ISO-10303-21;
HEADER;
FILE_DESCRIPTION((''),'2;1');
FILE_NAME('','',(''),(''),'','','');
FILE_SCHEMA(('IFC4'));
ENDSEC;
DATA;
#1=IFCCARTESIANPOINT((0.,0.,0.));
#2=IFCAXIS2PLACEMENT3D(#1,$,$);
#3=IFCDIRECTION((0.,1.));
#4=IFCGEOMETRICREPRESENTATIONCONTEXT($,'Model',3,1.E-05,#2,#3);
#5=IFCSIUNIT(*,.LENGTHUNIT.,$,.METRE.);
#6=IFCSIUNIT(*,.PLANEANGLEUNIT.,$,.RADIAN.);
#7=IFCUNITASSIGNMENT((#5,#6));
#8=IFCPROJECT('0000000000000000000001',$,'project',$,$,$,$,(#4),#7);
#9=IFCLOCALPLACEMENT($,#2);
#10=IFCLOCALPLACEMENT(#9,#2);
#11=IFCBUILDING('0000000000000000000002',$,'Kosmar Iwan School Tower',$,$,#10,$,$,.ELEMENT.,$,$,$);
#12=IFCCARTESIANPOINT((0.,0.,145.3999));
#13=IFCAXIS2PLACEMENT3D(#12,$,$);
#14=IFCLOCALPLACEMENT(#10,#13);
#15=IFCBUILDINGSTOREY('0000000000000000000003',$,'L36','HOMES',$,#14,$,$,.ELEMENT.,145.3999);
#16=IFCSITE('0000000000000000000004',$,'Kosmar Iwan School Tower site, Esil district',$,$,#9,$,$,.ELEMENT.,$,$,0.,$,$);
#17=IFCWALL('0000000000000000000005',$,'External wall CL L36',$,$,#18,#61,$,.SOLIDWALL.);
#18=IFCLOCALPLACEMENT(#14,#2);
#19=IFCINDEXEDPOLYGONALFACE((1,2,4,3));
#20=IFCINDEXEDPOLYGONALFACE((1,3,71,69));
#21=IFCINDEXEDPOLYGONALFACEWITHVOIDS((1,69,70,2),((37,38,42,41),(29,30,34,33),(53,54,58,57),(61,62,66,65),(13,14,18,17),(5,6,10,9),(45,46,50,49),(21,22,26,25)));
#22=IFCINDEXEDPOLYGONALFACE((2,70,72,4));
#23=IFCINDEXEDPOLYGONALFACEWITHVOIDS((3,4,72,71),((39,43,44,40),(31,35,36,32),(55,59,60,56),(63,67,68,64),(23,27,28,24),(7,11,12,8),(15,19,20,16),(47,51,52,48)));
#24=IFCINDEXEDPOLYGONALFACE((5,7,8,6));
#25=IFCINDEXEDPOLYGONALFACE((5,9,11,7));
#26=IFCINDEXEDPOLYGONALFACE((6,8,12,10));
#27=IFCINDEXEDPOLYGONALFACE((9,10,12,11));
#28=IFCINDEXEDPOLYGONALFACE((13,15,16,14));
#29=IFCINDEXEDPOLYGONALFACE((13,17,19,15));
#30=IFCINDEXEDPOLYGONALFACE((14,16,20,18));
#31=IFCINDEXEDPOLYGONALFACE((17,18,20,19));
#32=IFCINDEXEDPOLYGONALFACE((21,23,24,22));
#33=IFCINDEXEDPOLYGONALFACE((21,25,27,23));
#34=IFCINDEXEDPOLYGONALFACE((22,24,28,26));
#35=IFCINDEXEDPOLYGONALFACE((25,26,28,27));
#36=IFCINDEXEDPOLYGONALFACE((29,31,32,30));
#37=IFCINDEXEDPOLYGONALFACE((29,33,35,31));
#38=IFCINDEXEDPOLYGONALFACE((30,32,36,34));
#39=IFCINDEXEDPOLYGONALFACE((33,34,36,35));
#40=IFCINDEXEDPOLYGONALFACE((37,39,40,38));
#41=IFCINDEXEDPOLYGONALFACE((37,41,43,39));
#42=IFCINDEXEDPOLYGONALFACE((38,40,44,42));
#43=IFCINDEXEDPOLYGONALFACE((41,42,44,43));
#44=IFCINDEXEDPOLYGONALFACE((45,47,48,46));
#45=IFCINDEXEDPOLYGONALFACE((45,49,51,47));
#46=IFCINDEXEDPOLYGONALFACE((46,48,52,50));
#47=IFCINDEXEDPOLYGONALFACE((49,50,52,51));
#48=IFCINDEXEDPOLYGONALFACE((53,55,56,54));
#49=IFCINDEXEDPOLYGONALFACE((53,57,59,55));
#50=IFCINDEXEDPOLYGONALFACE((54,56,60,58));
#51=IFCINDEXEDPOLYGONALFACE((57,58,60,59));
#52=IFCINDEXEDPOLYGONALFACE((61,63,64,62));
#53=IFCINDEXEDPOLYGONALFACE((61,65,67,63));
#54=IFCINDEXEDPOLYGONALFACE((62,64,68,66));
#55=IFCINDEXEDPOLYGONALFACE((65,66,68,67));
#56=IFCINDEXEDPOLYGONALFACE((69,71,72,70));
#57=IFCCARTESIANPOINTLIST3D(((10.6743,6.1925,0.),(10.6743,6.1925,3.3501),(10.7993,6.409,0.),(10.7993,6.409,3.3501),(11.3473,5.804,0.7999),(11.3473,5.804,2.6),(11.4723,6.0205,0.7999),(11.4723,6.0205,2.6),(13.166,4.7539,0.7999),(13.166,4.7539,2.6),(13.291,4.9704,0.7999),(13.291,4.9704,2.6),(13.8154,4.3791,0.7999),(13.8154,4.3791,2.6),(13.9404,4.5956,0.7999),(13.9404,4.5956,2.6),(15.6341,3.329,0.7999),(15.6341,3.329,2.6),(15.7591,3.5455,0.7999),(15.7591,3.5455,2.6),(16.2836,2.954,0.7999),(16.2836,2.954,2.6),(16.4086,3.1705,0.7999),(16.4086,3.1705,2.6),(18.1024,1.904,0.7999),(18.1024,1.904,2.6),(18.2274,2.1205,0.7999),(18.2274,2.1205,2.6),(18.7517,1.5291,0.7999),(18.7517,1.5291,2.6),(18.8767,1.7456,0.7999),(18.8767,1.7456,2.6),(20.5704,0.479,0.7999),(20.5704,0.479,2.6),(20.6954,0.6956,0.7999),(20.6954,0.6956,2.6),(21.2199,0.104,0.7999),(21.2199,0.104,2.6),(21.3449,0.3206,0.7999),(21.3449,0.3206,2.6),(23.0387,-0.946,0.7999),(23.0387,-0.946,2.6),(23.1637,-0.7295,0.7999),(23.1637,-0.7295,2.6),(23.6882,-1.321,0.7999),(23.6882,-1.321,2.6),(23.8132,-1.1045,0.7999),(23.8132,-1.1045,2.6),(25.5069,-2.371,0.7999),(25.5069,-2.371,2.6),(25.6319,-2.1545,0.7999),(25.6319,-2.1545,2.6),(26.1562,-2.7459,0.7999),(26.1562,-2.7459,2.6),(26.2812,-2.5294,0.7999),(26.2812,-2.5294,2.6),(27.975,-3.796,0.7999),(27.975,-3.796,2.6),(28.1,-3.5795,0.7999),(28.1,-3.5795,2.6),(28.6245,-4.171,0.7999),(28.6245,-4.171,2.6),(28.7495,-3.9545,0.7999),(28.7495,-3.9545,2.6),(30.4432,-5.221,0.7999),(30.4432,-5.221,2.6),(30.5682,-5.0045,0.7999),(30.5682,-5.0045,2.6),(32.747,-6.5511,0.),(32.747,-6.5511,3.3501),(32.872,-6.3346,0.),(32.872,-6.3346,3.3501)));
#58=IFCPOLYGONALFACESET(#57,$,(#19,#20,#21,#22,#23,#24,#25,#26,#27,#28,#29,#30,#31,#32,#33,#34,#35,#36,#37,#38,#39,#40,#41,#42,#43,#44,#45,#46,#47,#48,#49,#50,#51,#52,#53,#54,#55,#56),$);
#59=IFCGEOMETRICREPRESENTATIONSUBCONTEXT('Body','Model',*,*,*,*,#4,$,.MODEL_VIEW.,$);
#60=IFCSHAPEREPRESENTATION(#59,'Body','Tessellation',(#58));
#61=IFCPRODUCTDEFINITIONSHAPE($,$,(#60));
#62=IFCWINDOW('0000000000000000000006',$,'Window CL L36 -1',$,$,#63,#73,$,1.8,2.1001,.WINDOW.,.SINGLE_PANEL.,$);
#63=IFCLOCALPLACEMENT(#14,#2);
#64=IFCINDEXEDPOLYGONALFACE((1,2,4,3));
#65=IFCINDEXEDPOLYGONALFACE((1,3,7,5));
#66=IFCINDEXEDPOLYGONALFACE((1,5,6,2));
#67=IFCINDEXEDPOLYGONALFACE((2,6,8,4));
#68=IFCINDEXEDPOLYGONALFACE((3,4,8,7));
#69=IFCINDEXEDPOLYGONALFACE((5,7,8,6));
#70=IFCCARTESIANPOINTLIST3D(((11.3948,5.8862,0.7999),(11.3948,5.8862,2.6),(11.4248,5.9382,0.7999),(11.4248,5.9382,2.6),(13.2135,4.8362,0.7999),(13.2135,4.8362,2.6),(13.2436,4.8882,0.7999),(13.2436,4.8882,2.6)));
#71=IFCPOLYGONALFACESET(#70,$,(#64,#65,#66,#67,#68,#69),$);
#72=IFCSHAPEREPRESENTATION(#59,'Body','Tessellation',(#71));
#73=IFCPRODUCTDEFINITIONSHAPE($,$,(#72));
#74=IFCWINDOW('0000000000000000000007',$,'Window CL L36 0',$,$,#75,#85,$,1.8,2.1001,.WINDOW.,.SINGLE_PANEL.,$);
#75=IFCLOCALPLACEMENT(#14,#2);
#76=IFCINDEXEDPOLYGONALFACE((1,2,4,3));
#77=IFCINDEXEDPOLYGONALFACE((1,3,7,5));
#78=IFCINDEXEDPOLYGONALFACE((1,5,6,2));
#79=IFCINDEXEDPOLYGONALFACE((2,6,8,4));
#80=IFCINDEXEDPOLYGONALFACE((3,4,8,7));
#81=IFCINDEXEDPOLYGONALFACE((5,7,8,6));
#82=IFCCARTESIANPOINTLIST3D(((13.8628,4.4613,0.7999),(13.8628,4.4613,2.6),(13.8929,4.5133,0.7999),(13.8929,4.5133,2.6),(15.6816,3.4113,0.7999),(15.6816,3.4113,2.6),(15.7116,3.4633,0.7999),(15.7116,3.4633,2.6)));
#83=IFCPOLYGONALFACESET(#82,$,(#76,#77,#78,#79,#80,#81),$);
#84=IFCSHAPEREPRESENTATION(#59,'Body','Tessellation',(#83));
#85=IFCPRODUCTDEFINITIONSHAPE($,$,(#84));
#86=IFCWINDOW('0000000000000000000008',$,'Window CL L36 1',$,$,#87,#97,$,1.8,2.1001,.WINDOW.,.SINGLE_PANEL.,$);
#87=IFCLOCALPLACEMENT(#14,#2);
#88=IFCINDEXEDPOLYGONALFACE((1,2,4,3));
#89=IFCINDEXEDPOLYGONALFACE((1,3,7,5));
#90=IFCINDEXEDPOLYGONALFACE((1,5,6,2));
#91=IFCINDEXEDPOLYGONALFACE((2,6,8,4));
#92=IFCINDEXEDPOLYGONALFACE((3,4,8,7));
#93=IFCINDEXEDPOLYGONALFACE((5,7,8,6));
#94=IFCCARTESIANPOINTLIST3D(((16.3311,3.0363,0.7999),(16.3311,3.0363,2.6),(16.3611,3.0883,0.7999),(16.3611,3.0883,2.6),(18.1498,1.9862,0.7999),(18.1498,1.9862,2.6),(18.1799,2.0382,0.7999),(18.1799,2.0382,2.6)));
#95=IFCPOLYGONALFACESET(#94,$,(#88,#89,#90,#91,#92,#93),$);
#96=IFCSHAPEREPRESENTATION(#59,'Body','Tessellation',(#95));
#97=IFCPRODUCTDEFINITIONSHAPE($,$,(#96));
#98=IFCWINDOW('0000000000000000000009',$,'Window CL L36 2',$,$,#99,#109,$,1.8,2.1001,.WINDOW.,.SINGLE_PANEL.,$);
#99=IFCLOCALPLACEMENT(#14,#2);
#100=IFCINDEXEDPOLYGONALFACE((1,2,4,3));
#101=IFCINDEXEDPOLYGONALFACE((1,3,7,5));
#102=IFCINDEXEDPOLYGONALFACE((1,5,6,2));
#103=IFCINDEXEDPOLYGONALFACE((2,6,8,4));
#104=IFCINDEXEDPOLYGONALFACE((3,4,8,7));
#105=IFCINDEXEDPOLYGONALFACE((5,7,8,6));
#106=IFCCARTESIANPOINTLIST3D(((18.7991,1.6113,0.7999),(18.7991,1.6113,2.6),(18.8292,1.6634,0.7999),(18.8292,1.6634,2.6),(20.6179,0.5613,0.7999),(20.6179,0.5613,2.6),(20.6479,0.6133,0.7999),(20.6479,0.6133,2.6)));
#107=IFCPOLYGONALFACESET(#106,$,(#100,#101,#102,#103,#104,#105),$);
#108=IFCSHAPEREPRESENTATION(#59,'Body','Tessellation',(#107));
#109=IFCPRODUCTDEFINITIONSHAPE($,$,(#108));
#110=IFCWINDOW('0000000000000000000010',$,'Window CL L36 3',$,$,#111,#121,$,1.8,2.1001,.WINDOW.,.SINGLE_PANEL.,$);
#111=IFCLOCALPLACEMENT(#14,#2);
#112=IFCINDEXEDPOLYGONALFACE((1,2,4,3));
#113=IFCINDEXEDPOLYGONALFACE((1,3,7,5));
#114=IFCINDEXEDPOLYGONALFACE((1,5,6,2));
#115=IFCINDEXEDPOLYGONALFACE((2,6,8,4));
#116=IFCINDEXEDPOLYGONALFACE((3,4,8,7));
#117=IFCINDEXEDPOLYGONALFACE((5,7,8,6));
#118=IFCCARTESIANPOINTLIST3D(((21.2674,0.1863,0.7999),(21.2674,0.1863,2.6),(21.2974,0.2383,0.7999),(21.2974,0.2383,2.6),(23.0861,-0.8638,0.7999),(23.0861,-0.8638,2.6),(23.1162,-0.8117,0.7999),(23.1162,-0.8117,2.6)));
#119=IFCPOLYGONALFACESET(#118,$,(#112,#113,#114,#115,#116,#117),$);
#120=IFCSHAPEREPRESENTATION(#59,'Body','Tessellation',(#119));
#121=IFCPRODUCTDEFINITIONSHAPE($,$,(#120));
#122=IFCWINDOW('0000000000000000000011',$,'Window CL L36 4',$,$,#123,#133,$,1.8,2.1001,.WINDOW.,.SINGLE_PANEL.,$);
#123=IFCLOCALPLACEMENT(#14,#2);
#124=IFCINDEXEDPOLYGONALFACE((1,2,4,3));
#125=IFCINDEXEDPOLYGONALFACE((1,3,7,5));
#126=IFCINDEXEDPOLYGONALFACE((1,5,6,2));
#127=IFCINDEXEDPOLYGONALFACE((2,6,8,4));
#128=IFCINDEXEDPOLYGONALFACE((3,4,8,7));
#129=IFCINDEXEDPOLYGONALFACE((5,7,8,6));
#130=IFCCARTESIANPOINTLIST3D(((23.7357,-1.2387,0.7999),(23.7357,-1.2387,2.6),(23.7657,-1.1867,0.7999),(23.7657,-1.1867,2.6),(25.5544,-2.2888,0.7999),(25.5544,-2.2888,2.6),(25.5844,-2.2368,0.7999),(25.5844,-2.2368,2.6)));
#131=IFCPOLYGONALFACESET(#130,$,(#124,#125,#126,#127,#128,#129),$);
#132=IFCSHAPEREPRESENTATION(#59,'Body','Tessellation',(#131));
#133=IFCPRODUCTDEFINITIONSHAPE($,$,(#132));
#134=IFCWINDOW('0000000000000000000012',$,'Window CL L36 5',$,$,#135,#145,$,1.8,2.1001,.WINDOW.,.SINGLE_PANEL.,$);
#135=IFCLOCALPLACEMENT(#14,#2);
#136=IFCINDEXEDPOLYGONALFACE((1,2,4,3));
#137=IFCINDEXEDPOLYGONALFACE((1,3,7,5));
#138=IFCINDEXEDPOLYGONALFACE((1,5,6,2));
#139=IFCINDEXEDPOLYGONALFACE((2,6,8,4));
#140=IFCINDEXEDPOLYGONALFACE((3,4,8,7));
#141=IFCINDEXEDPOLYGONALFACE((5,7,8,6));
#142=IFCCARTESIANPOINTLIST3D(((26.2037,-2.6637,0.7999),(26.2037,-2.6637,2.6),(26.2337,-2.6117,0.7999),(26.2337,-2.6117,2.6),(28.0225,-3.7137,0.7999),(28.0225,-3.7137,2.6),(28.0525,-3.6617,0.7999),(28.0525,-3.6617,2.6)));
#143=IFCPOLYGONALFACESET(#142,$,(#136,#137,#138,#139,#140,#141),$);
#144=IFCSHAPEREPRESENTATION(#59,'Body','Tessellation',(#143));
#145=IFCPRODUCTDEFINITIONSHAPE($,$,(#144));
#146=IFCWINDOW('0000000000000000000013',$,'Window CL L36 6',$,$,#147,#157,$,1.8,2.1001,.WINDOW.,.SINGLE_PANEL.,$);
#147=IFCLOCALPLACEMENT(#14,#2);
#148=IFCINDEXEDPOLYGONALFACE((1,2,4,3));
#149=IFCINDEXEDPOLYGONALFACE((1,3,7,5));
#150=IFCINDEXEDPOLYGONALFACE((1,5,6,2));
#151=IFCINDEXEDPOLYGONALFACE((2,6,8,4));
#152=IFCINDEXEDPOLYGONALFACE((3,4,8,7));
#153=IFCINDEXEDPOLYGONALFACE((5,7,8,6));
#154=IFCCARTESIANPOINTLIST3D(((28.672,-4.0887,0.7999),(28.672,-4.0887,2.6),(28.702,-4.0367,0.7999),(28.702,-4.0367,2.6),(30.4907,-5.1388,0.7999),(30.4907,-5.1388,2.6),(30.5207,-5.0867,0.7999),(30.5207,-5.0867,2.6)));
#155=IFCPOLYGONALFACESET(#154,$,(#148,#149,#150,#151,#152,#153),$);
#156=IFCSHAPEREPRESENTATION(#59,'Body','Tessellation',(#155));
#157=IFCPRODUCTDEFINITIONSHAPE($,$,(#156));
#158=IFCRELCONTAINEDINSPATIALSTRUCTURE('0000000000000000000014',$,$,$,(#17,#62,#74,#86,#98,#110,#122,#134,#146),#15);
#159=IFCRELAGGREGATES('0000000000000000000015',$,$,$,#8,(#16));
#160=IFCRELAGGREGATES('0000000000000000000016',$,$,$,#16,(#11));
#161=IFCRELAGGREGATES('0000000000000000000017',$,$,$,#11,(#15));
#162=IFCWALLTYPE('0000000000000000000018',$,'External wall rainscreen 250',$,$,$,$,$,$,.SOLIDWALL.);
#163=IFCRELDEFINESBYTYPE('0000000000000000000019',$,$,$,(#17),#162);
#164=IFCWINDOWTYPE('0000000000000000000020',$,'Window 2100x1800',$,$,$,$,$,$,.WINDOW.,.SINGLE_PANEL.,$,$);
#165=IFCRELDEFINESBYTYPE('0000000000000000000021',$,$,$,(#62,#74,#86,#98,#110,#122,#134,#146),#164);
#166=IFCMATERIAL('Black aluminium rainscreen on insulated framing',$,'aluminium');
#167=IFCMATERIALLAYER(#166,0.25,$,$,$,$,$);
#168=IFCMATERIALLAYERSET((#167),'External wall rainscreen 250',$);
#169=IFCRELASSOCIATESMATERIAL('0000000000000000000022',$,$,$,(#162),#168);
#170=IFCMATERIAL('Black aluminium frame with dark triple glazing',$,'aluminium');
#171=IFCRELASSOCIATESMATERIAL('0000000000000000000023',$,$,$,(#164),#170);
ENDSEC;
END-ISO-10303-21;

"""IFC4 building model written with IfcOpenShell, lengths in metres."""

from ifc_helpers import new_model, si_unit, direction, frame, frame_2d, origin, place, context, subcontext, project, spatial, rectangle, extrude, material, layer, layer_set, type_object, element, fill, save


model = new_model("IFC4")

# Units and contexts
model_context = context("Model", 3, precision=1e-05, world=origin(), true_north=direction((0.0, 1.0)))
body_context = subcontext(model_context, "Body", "Model", "MODEL_VIEW")
ifc_project = project(units=[si_unit("LENGTHUNIT", "METRE"), si_unit("PLANEANGLEUNIT", "RADIAN")], contexts=[model_context])

# Site, building, storey
site_placement = place(None, origin())
site = spatial("IfcSite", under=ifc_project, at=site_placement, Name="Kosmar Iwan School Tower site, Esil district", CompositionType="ELEMENT", RefElevation=0.0)
building_placement = place(site_placement, origin())
building = spatial("IfcBuilding", under=site, at=building_placement, Name="Kosmar Iwan School Tower", CompositionType="ELEMENT")
storey_placement = place(building_placement, frame((0.0, 0.0, 145.3999)))
storey = spatial("IfcBuildingStorey", under=building, at=storey_placement, Name="L36", Description="HOMES", CompositionType="ELEMENT", Elevation=145.3999)

# Wall, openings, windows
ifc_material_1 = material(Name="Black aluminium rainscreen on insulated framing", Category="aluminium")
ifc_layer = layer(ifc_material_1, 0.25)
ifc_layer_set = layer_set([ifc_layer], Name="External wall rainscreen 250")
wall_type = type_object("IfcWallType", Name="External wall rainscreen 250", PredefinedType="SOLIDWALL", material=ifc_layer_set)
wall_1_placement = place(storey_placement, frame((10.7368, 6.3008, 0.0), z_axis=(0.0, 0.0, 1.0), x_axis=(0.866026, -0.499998, 0.0)))
wall_1 = element("IfcWall", 1, at=wall_1_placement, inside=storey, type_object=wall_type, Name="External wall CL L36", PredefinedType="SOLIDWALL", context=body_context, shape_type="SweptSolid", body=[
    extrude(rectangle(XDim=25.4873, YDim=0.25, at=frame_2d((12.7437, 0.0))), origin(), (0.0, 0.0, 1.0), 3.3501),
])
opening_1_placement = place(wall_1_placement, frame((0.7771, 0.0, 0.8)))
opening_1 = element("IfcOpeningElement", 2, at=opening_1_placement, cuts=wall_1, PredefinedType="OPENING", context=body_context, shape_type="SweptSolid", body=[
    extrude(rectangle(XDim=2.1001, YDim=1.8, at=frame_2d((1.05, 0.8999))), frame((0.0, 0.137, 0.0), z_axis=(0.0, -1.0, 0.0), x_axis=(1.0, 0.0, 0.0)), (0.0, 0.0, 1.0), 0.2739),
])
opening_2_placement = place(wall_1_placement, frame((3.627, 0.0, 0.8)))
opening_2 = element("IfcOpeningElement", 3, at=opening_2_placement, cuts=wall_1, PredefinedType="OPENING", context=body_context, shape_type="SweptSolid", body=[
    extrude(rectangle(XDim=2.1001, YDim=1.8, at=frame_2d((1.05, 0.8999))), frame((0.0, 0.137, 0.0), z_axis=(0.0, -1.0, 0.0), x_axis=(1.0, 0.0, 0.0)), (0.0, 0.0, 1.0), 0.2739),
])
opening_3_placement = place(wall_1_placement, frame((6.4771, 0.0, 0.8)))
opening_3 = element("IfcOpeningElement", 4, at=opening_3_placement, cuts=wall_1, PredefinedType="OPENING", context=body_context, shape_type="SweptSolid", body=[
    extrude(rectangle(XDim=2.1001, YDim=1.8, at=frame_2d((1.05, 0.8999))), frame((0.0, 0.137, 0.0), z_axis=(0.0, -1.0, 0.0), x_axis=(1.0, 0.0, 0.0)), (0.0, 0.0, 1.0), 0.2739),
])
opening_4_placement = place(wall_1_placement, frame((9.3269, 0.0, 0.8)))
opening_4 = element("IfcOpeningElement", 5, at=opening_4_placement, cuts=wall_1, PredefinedType="OPENING", context=body_context, shape_type="SweptSolid", body=[
    extrude(rectangle(XDim=2.1001, YDim=1.8, at=frame_2d((1.05, 0.8999))), frame((0.0, 0.137, 0.0), z_axis=(0.0, -1.0, 0.0), x_axis=(1.0, 0.0, 0.0)), (0.0, 0.0, 1.0), 0.2739),
])
opening_5_placement = place(wall_1_placement, frame((12.177, 0.0, 0.8)))
opening_5 = element("IfcOpeningElement", 6, at=opening_5_placement, cuts=wall_1, PredefinedType="OPENING", context=body_context, shape_type="SweptSolid", body=[
    extrude(rectangle(XDim=2.1001, YDim=1.8, at=frame_2d((1.05, 0.8999))), frame((0.0, 0.137, 0.0), z_axis=(0.0, -1.0, 0.0), x_axis=(1.0, 0.0, 0.0)), (0.0, 0.0, 1.0), 0.2739),
])
opening_6_placement = place(wall_1_placement, frame((15.0271, 0.0, 0.8)))
opening_6 = element("IfcOpeningElement", 7, at=opening_6_placement, cuts=wall_1, PredefinedType="OPENING", context=body_context, shape_type="SweptSolid", body=[
    extrude(rectangle(XDim=2.1001, YDim=1.8, at=frame_2d((1.05, 0.8999))), frame((0.0, 0.137, 0.0), z_axis=(0.0, -1.0, 0.0), x_axis=(1.0, 0.0, 0.0)), (0.0, 0.0, 1.0), 0.2739),
])
opening_7_placement = place(wall_1_placement, frame((17.877, 0.0, 0.8)))
opening_7 = element("IfcOpeningElement", 8, at=opening_7_placement, cuts=wall_1, PredefinedType="OPENING", context=body_context, shape_type="SweptSolid", body=[
    extrude(rectangle(XDim=2.1001, YDim=1.8, at=frame_2d((1.05, 0.8999))), frame((0.0, 0.137, 0.0), z_axis=(0.0, -1.0, 0.0), x_axis=(1.0, 0.0, 0.0)), (0.0, 0.0, 1.0), 0.2739),
])
opening_8_placement = place(wall_1_placement, frame((20.7271, 0.0, 0.8)))
opening_8 = element("IfcOpeningElement", 9, at=opening_8_placement, cuts=wall_1, PredefinedType="OPENING", context=body_context, shape_type="SweptSolid", body=[
    extrude(rectangle(XDim=2.1001, YDim=1.8, at=frame_2d((1.05, 0.8999))), frame((0.0, 0.137, 0.0), z_axis=(0.0, -1.0, 0.0), x_axis=(1.0, 0.0, 0.0)), (0.0, 0.0, 1.0), 0.2739),
])
ifc_material_2 = material(Name="Black aluminium frame with dark triple glazing", Category="aluminium")
window_type = type_object("IfcWindowType", Name="Window 2100x1800", PartitioningType="SINGLE_PANEL", PredefinedType="WINDOW", material=ifc_material_2)
window_1_placement = place(opening_1_placement, origin())
window_1 = element("IfcWindow", 10, at=window_1_placement, inside=storey, type_object=window_type, Name="Window CL L36 -1", OverallHeight=1.8, OverallWidth=2.1001, PartitioningType="SINGLE_PANEL", PredefinedType="WINDOW", context=body_context, shape_type="SweptSolid", body=[
    extrude(rectangle(XDim=2.1001, YDim=1.8, at=frame_2d((1.05, 0.8999))), frame((0.0, 0.03, 0.0), z_axis=(0.0, -1.0, 0.0), x_axis=(1.0, 0.0, 0.0)), (0.0, 0.0, 1.0), 0.0601),
])
fill(opening_1, window_1)
window_2_placement = place(opening_2_placement, origin())
window_2 = element("IfcWindow", 11, at=window_2_placement, inside=storey, type_object=window_type, Name="Window CL L36 0", OverallHeight=1.8, OverallWidth=2.1001, PartitioningType="SINGLE_PANEL", PredefinedType="WINDOW", context=body_context, shape_type="SweptSolid", body=[
    extrude(rectangle(XDim=2.1001, YDim=1.8, at=frame_2d((1.05, 0.8999))), frame((0.0, 0.03, 0.0), z_axis=(0.0, -1.0, 0.0), x_axis=(1.0, 0.0, 0.0)), (0.0, 0.0, 1.0), 0.0601),
])
fill(opening_2, window_2)
window_3_placement = place(opening_3_placement, origin())
window_3 = element("IfcWindow", 12, at=window_3_placement, inside=storey, type_object=window_type, Name="Window CL L36 1", OverallHeight=1.8, OverallWidth=2.1001, PartitioningType="SINGLE_PANEL", PredefinedType="WINDOW", context=body_context, shape_type="SweptSolid", body=[
    extrude(rectangle(XDim=2.1001, YDim=1.8, at=frame_2d((1.05, 0.8999))), frame((0.0, 0.03, 0.0), z_axis=(0.0, -1.0, 0.0), x_axis=(1.0, 0.0, 0.0)), (0.0, 0.0, 1.0), 0.0601),
])
fill(opening_3, window_3)
window_4_placement = place(opening_4_placement, origin())
window_4 = element("IfcWindow", 13, at=window_4_placement, inside=storey, type_object=window_type, Name="Window CL L36 2", OverallHeight=1.8, OverallWidth=2.1001, PartitioningType="SINGLE_PANEL", PredefinedType="WINDOW", context=body_context, shape_type="SweptSolid", body=[
    extrude(rectangle(XDim=2.1001, YDim=1.8, at=frame_2d((1.05, 0.8999))), frame((0.0, 0.03, 0.0), z_axis=(0.0, -1.0, 0.0), x_axis=(1.0, 0.0, 0.0)), (0.0, 0.0, 1.0), 0.0601),
])
fill(opening_4, window_4)
window_5_placement = place(opening_5_placement, origin())
window_5 = element("IfcWindow", 14, at=window_5_placement, inside=storey, type_object=window_type, Name="Window CL L36 3", OverallHeight=1.8, OverallWidth=2.1001, PartitioningType="SINGLE_PANEL", PredefinedType="WINDOW", context=body_context, shape_type="SweptSolid", body=[
    extrude(rectangle(XDim=2.1001, YDim=1.8, at=frame_2d((1.05, 0.8999))), frame((0.0, 0.03, 0.0), z_axis=(0.0, -1.0, 0.0), x_axis=(1.0, 0.0, 0.0)), (0.0, 0.0, 1.0), 0.0601),
])
fill(opening_5, window_5)
window_6_placement = place(opening_6_placement, origin())
window_6 = element("IfcWindow", 15, at=window_6_placement, inside=storey, type_object=window_type, Name="Window CL L36 4", OverallHeight=1.8, OverallWidth=2.1001, PartitioningType="SINGLE_PANEL", PredefinedType="WINDOW", context=body_context, shape_type="SweptSolid", body=[
    extrude(rectangle(XDim=2.1001, YDim=1.8, at=frame_2d((1.05, 0.8999))), frame((0.0, 0.03, 0.0), z_axis=(0.0, -1.0, 0.0), x_axis=(1.0, 0.0, 0.0)), (0.0, 0.0, 1.0), 0.0601),
])
fill(opening_6, window_6)
window_7_placement = place(opening_7_placement, origin())
window_7 = element("IfcWindow", 16, at=window_7_placement, inside=storey, type_object=window_type, Name="Window CL L36 5", OverallHeight=1.8, OverallWidth=2.1001, PartitioningType="SINGLE_PANEL", PredefinedType="WINDOW", context=body_context, shape_type="SweptSolid", body=[
    extrude(rectangle(XDim=2.1001, YDim=1.8, at=frame_2d((1.05, 0.8999))), frame((0.0, 0.03, 0.0), z_axis=(0.0, -1.0, 0.0), x_axis=(1.0, 0.0, 0.0)), (0.0, 0.0, 1.0), 0.0601),
])
fill(opening_7, window_7)
window_8_placement = place(opening_8_placement, origin())
window_8 = element("IfcWindow", 17, at=window_8_placement, inside=storey, type_object=window_type, Name="Window CL L36 6", OverallHeight=1.8, OverallWidth=2.1001, PartitioningType="SINGLE_PANEL", PredefinedType="WINDOW", context=body_context, shape_type="SweptSolid", body=[
    extrude(rectangle(XDim=2.1001, YDim=1.8, at=frame_2d((1.05, 0.8999))), frame((0.0, 0.03, 0.0), z_axis=(0.0, -1.0, 0.0), x_axis=(1.0, 0.0, 0.0)), (0.0, 0.0, 1.0), 0.0601),
])
fill(opening_8, window_8)

save(model, "model.ifc")
